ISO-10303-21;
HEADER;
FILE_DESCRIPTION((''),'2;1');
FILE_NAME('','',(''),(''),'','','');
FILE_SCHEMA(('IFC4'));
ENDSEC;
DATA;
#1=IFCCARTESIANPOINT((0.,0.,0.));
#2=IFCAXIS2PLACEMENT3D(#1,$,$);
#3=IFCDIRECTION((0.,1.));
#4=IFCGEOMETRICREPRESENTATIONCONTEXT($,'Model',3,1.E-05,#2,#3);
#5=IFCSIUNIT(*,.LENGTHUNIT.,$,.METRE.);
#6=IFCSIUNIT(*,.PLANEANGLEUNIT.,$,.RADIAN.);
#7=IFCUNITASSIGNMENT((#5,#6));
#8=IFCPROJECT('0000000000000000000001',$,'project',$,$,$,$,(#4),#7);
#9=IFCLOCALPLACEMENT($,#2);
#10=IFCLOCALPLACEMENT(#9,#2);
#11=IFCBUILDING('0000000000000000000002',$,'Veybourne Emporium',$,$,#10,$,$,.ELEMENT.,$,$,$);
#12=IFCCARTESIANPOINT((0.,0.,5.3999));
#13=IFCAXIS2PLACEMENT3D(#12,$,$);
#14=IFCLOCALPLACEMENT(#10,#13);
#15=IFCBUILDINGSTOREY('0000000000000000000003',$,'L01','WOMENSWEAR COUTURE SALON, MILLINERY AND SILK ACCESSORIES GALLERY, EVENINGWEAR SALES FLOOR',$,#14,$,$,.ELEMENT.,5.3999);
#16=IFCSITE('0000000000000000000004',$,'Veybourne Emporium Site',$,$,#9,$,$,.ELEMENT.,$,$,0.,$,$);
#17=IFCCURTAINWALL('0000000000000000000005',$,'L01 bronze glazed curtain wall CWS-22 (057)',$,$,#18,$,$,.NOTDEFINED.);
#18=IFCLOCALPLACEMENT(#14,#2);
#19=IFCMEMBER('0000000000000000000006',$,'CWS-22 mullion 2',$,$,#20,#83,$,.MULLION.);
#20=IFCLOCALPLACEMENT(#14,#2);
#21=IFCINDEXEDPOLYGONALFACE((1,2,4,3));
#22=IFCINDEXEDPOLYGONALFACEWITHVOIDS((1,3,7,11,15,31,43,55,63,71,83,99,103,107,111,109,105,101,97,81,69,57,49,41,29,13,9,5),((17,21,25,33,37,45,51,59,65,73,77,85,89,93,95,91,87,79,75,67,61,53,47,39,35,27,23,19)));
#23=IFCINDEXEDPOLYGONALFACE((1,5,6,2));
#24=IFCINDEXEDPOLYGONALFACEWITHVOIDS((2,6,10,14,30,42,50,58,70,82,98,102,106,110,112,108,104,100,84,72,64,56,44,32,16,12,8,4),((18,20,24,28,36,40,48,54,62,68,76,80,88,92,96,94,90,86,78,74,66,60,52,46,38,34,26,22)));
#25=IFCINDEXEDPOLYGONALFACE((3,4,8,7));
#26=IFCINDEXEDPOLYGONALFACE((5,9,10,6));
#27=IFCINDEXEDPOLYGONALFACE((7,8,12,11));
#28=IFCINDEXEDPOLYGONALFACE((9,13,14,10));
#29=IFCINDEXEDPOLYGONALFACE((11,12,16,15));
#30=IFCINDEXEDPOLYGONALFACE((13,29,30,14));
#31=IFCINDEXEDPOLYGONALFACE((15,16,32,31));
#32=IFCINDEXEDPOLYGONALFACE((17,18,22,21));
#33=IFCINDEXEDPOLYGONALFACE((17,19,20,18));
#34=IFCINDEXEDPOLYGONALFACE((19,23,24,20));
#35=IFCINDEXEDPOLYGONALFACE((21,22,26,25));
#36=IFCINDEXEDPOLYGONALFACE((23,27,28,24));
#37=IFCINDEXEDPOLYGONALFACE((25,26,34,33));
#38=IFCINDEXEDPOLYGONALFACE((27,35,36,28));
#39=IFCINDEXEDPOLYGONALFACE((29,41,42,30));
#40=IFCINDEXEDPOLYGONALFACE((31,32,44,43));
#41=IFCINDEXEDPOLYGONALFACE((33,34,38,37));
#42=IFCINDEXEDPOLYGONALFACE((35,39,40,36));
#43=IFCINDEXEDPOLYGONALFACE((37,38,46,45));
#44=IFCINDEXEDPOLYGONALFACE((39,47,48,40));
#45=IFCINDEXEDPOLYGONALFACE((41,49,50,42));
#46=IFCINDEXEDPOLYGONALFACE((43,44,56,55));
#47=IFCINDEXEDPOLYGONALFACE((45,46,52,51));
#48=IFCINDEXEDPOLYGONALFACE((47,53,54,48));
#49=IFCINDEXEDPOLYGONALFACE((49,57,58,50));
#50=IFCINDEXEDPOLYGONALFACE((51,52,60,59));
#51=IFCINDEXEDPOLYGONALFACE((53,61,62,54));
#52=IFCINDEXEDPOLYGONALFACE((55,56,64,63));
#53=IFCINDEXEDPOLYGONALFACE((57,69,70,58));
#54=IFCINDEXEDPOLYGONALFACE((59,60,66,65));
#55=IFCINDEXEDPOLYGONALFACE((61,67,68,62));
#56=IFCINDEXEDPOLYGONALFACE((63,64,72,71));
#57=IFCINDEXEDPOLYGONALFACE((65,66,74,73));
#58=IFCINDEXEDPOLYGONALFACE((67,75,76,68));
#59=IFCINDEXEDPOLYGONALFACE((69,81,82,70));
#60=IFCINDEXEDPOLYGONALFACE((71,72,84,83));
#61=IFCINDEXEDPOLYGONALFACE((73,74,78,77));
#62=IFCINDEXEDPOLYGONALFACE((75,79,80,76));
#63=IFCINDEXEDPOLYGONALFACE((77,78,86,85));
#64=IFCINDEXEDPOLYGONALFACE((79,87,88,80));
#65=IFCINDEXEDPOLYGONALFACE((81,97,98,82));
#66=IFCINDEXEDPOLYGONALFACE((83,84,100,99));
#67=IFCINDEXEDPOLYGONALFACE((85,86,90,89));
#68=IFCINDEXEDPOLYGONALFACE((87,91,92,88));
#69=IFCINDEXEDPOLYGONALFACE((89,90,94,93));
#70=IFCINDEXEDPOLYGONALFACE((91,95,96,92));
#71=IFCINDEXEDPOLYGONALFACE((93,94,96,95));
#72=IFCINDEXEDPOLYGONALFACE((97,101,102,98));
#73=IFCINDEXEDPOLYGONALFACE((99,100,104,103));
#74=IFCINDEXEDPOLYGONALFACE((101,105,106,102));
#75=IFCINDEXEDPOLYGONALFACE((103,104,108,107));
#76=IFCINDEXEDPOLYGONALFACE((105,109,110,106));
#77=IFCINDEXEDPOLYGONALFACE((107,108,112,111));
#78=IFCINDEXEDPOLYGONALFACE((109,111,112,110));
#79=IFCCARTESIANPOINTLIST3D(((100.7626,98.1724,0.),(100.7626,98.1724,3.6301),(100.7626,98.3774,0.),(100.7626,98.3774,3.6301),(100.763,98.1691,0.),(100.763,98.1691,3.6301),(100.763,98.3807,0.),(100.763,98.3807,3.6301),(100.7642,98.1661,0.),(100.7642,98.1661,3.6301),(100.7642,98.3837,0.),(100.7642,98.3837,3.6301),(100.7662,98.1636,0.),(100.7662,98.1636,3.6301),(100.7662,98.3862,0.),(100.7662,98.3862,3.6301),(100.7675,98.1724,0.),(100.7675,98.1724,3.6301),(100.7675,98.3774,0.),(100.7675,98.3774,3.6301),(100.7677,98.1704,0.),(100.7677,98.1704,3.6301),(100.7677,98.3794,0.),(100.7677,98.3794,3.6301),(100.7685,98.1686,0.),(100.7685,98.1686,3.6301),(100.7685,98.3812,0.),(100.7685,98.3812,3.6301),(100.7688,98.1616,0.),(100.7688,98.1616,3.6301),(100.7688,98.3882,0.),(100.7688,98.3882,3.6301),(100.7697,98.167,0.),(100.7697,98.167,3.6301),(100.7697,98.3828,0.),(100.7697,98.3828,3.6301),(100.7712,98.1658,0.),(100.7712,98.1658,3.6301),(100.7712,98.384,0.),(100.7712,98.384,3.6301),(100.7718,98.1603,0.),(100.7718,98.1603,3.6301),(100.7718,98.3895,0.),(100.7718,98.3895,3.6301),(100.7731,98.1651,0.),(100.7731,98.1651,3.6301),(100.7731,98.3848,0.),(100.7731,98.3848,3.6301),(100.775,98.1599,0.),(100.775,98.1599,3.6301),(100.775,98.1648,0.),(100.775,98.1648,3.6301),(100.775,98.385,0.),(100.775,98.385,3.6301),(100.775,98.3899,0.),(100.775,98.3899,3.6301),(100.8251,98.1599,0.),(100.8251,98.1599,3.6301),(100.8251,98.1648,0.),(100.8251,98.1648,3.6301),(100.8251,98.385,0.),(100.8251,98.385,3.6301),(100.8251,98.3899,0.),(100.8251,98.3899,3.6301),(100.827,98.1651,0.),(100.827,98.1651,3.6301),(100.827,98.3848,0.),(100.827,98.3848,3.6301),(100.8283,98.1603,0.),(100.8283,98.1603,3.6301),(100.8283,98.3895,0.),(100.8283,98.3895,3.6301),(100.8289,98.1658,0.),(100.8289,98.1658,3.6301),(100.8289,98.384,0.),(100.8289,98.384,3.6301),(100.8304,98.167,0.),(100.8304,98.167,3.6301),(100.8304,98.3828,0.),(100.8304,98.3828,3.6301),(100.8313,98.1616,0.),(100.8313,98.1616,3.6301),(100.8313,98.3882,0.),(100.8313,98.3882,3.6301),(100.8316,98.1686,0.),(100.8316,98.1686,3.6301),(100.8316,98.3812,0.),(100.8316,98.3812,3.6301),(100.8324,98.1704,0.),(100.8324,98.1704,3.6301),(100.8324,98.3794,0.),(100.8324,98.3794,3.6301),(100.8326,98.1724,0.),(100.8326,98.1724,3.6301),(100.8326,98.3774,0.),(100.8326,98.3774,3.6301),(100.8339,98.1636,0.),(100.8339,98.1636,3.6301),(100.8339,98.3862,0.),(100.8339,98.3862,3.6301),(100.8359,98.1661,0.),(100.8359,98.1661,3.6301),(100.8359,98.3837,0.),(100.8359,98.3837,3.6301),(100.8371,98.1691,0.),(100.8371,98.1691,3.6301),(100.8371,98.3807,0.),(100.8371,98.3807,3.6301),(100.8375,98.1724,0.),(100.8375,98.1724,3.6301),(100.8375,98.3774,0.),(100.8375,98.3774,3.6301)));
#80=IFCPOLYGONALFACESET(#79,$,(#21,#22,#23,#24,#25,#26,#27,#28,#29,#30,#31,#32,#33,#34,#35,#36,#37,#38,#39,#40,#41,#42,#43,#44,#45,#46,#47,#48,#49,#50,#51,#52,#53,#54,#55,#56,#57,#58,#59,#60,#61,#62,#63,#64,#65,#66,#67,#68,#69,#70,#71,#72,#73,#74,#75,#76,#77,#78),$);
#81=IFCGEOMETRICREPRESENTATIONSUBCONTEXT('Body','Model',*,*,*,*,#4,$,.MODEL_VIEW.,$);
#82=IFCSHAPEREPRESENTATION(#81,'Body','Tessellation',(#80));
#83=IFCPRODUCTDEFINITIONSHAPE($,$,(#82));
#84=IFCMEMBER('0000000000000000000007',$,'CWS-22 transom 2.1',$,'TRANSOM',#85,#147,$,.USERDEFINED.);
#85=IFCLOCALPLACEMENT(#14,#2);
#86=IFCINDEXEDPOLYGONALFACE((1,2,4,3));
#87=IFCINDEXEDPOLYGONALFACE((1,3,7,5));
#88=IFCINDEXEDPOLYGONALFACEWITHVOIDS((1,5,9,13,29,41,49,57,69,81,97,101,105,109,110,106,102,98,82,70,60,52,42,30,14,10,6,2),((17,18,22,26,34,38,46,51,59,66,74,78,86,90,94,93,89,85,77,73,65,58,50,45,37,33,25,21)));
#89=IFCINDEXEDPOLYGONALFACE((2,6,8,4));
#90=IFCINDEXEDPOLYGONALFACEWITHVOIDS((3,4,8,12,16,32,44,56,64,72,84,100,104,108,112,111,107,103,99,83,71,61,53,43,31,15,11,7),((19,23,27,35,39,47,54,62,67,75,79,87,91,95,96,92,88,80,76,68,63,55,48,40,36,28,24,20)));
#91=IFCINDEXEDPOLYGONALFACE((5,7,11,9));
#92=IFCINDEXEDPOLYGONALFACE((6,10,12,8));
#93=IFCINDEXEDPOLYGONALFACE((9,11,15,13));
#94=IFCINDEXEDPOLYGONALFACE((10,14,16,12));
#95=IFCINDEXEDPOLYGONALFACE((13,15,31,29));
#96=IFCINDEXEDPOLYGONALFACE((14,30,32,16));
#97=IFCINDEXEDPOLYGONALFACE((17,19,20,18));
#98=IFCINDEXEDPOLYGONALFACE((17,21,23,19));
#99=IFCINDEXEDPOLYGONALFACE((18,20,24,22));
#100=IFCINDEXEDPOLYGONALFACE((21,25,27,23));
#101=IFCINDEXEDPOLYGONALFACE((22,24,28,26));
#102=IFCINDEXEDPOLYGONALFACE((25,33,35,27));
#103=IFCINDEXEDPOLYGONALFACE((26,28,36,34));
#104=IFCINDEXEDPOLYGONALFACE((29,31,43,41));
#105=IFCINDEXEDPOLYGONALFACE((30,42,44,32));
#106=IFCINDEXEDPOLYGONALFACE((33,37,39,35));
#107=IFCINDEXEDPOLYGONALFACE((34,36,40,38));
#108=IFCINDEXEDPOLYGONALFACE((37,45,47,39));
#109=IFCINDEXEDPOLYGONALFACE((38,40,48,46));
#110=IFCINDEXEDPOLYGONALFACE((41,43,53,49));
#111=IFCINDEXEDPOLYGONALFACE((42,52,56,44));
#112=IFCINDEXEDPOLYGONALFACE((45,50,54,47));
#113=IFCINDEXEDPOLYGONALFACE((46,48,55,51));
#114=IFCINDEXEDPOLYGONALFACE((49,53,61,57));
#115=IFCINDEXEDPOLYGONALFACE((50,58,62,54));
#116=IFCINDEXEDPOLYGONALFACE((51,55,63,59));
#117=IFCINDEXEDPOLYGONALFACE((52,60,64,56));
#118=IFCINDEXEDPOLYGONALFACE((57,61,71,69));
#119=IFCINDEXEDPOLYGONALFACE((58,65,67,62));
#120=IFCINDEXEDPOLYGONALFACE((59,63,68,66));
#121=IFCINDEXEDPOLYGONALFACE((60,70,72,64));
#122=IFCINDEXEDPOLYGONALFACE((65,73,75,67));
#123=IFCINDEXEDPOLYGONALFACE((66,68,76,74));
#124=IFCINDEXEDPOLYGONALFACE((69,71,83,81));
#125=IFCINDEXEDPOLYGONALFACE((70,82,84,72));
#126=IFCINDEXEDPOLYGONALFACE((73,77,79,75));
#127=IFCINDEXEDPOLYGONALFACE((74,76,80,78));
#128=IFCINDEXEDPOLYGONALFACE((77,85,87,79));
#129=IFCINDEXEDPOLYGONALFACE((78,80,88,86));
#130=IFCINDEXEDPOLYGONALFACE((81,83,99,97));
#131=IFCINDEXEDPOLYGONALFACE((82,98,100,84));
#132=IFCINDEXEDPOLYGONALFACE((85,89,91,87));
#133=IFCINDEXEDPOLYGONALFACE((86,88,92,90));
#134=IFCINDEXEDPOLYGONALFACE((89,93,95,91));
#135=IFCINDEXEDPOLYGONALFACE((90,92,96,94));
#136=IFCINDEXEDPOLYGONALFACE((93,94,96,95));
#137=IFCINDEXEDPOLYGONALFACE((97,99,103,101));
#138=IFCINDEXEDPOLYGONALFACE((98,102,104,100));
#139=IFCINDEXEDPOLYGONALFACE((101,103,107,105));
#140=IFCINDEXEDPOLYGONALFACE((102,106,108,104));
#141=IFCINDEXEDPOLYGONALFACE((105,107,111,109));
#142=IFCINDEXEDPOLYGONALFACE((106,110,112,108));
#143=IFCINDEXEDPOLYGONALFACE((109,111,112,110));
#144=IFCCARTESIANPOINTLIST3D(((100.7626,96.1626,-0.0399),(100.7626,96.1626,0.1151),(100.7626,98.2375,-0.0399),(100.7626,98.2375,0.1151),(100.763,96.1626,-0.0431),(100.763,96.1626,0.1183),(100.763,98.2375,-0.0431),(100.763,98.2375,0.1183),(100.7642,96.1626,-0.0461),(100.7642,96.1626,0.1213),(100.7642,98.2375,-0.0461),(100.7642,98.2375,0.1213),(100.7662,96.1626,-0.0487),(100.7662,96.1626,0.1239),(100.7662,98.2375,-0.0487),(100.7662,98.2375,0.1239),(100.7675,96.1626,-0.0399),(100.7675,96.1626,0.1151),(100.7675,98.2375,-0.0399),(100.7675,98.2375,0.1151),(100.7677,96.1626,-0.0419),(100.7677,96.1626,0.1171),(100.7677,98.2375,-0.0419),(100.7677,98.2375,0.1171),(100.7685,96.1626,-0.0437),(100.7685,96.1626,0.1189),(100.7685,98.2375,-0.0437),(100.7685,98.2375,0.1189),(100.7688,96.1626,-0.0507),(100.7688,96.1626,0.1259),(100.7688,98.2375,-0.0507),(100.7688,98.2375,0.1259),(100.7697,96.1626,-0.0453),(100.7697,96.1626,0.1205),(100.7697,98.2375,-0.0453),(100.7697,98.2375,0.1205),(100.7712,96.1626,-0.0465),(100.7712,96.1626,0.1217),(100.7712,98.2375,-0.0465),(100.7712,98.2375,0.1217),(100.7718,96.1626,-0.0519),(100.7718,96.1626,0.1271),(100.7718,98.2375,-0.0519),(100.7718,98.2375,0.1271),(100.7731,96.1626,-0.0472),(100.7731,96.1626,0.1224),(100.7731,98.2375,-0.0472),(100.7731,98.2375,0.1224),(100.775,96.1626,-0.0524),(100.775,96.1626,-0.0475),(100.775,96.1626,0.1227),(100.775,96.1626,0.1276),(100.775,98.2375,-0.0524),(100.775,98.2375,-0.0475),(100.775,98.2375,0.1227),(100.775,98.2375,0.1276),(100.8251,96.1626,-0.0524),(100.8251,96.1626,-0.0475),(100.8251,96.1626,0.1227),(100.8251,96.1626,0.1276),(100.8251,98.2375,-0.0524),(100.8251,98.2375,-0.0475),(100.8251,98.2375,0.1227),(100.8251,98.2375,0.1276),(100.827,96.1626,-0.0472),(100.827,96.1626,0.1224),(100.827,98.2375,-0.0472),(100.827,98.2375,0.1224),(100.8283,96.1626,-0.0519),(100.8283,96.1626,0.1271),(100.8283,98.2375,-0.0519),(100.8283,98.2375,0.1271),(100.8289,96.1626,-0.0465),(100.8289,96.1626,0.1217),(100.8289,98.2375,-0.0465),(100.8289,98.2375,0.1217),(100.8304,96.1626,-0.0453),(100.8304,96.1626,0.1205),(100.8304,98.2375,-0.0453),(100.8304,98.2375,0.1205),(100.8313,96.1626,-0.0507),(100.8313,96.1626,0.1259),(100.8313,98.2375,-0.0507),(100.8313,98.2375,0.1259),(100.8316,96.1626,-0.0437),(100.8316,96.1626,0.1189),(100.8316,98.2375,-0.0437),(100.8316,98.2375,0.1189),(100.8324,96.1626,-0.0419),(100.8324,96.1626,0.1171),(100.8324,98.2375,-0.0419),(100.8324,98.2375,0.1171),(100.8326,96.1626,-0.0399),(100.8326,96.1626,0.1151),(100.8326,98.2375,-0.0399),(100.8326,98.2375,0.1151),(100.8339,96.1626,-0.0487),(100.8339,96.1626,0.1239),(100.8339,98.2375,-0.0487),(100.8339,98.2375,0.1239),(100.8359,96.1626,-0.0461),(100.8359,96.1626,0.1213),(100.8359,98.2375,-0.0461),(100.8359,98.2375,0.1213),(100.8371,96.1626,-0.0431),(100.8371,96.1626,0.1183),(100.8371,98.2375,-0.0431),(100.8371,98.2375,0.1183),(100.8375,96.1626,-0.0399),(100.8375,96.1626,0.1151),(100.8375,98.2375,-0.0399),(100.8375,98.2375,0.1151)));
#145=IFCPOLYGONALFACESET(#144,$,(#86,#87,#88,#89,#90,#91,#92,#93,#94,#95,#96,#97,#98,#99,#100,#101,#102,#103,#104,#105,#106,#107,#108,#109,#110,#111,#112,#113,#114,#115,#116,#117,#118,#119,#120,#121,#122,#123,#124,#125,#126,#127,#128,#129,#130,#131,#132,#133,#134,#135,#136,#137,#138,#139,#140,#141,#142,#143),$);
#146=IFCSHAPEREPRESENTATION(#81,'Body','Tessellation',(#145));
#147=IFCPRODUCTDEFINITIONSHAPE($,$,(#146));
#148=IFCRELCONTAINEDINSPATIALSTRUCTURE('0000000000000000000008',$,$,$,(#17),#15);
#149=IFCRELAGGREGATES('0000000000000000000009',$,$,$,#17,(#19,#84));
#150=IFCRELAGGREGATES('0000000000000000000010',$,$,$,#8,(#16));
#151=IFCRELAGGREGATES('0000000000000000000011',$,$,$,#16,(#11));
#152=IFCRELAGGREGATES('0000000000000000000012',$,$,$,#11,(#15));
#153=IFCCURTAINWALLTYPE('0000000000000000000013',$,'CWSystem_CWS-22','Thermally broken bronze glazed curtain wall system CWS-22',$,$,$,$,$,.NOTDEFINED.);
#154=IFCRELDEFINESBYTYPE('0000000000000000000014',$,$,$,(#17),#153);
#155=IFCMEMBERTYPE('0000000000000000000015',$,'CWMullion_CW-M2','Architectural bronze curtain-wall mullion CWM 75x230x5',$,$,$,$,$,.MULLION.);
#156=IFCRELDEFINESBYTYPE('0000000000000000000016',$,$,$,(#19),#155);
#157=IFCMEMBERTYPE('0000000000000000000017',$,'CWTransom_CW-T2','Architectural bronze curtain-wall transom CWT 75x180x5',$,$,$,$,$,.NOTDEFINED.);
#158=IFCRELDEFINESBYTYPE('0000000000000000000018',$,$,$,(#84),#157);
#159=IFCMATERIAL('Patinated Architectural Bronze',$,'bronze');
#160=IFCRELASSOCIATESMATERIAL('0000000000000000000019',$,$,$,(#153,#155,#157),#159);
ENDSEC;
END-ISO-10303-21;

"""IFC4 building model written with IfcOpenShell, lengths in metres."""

from ifc_helpers import new_model, si_unit, direction, frame, origin, origin_2d, place, context, subcontext, project, spatial, hollow_rectangle, extrude, material, material_profile, profile_set, type_object, element, aggregate, save


model = new_model("IFC4")

# Units and contexts
model_context = context("Model", 3, precision=1e-05, world=origin(), true_north=direction((0.0, 1.0)))
body_context = subcontext(model_context, "Body", "Model", "MODEL_VIEW")
ifc_project = project(units=[si_unit("LENGTHUNIT", "METRE"), si_unit("PLANEANGLEUNIT", "RADIAN")], contexts=[model_context])

# Site, building, storey
site_placement = place(None, origin())
site = spatial("IfcSite", under=ifc_project, at=site_placement, Name="Veybourne Emporium Site", CompositionType="ELEMENT", RefElevation=0.0)
building_placement = place(site_placement, origin())
building = spatial("IfcBuilding", under=site, at=building_placement, Name="Veybourne Emporium", CompositionType="ELEMENT")
storey_placement = place(building_placement, frame((0.0, 0.0, 5.3999)))
storey = spatial("IfcBuildingStorey", under=building, at=storey_placement, Name="L01", Description="WOMENSWEAR COUTURE SALON, MILLINERY AND SILK ACCESSORIES GALLERY, EVENINGWEAR SALES FLOOR", CompositionType="ELEMENT", Elevation=5.3999)

# Curtain wall, members
ifc_material_1 = material(Name="Patinated Architectural Bronze", Category="bronze")
curtain_wall_type = type_object("IfcCurtainWallType", Name="CWSystem_CWS-22", Description="Thermally broken bronze glazed curtain wall system CWS-22", PredefinedType="NOTDEFINED", material=ifc_material_1)
curtain_wall_placement = place(storey_placement, origin())
curtain_wall = element("IfcCurtainWall", 1, at=curtain_wall_placement, inside=storey, type_object=curtain_wall_type, Name="L01 bronze glazed curtain wall CWS-22 (057)", PredefinedType="NOTDEFINED")
ifc_material_profile_1 = material_profile(ifc_material_1, hollow_rectangle(XDim=0.075, YDim=0.23, WallThickness=0.0049, InnerFilletRadius=0.0076, OuterFilletRadius=0.0125, at=origin_2d()), Name="CWM 75x230x5")
ifc_profile_set_1 = profile_set([ifc_material_profile_1], Name="Patinated Architectural Bronze")
member_type_1 = type_object("IfcMemberType", Name="CWMullion_CW-M2", Description="Architectural bronze curtain-wall mullion CWM 75x230x5", PredefinedType="MULLION", material=ifc_profile_set_1)
member_1_placement = place(storey_placement, frame((100.8, 98.2749, 0.0), z_axis=(0.0, 0.0, 1.0), x_axis=(1.0, 0.0, 0.0)))
member_1 = element("IfcMember", 2, at=member_1_placement, type_object=member_type_1, Name="CWS-22 mullion 2", PredefinedType="MULLION", context=body_context, shape_type="SweptSolid", body=[
    extrude(hollow_rectangle(XDim=0.075, YDim=0.23, WallThickness=0.0049, InnerFilletRadius=0.0076, OuterFilletRadius=0.0125, at=origin_2d()), origin(), (0.0, 0.0, 1.0), 3.6301),
])
ifc_material_profile_2 = material_profile(ifc_material_1, hollow_rectangle(XDim=0.075, YDim=0.1799, WallThickness=0.0049, InnerFilletRadius=0.0076, OuterFilletRadius=0.0125, at=origin_2d()), Name="CWT 75x180x5")
ifc_profile_set_2 = profile_set([ifc_material_profile_2], Name="Patinated Architectural Bronze")
member_type_2 = type_object("IfcMemberType", Name="CWTransom_CW-T2", Description="Architectural bronze curtain-wall transom CWT 75x180x5", PredefinedType="NOTDEFINED", material=ifc_profile_set_2)
member_2_placement = place(storey_placement, frame((100.8, 98.2375, 0.0376), z_axis=(0.0, -1.0, 0.0), x_axis=(1.0, 0.0, 0.0)))
member_2 = element("IfcMember", 3, at=member_2_placement, type_object=member_type_2, Name="CWS-22 transom 2.1", ObjectType="TRANSOM", PredefinedType="USERDEFINED", context=body_context, shape_type="SweptSolid", body=[
    extrude(hollow_rectangle(XDim=0.075, YDim=0.1799, WallThickness=0.0049, InnerFilletRadius=0.0076, OuterFilletRadius=0.0125, at=origin_2d()), origin(), (0.0, 0.0, 1.0), 2.075),
])
aggregate(curtain_wall, [member_1, member_2])

save(model, "model.ifc")
